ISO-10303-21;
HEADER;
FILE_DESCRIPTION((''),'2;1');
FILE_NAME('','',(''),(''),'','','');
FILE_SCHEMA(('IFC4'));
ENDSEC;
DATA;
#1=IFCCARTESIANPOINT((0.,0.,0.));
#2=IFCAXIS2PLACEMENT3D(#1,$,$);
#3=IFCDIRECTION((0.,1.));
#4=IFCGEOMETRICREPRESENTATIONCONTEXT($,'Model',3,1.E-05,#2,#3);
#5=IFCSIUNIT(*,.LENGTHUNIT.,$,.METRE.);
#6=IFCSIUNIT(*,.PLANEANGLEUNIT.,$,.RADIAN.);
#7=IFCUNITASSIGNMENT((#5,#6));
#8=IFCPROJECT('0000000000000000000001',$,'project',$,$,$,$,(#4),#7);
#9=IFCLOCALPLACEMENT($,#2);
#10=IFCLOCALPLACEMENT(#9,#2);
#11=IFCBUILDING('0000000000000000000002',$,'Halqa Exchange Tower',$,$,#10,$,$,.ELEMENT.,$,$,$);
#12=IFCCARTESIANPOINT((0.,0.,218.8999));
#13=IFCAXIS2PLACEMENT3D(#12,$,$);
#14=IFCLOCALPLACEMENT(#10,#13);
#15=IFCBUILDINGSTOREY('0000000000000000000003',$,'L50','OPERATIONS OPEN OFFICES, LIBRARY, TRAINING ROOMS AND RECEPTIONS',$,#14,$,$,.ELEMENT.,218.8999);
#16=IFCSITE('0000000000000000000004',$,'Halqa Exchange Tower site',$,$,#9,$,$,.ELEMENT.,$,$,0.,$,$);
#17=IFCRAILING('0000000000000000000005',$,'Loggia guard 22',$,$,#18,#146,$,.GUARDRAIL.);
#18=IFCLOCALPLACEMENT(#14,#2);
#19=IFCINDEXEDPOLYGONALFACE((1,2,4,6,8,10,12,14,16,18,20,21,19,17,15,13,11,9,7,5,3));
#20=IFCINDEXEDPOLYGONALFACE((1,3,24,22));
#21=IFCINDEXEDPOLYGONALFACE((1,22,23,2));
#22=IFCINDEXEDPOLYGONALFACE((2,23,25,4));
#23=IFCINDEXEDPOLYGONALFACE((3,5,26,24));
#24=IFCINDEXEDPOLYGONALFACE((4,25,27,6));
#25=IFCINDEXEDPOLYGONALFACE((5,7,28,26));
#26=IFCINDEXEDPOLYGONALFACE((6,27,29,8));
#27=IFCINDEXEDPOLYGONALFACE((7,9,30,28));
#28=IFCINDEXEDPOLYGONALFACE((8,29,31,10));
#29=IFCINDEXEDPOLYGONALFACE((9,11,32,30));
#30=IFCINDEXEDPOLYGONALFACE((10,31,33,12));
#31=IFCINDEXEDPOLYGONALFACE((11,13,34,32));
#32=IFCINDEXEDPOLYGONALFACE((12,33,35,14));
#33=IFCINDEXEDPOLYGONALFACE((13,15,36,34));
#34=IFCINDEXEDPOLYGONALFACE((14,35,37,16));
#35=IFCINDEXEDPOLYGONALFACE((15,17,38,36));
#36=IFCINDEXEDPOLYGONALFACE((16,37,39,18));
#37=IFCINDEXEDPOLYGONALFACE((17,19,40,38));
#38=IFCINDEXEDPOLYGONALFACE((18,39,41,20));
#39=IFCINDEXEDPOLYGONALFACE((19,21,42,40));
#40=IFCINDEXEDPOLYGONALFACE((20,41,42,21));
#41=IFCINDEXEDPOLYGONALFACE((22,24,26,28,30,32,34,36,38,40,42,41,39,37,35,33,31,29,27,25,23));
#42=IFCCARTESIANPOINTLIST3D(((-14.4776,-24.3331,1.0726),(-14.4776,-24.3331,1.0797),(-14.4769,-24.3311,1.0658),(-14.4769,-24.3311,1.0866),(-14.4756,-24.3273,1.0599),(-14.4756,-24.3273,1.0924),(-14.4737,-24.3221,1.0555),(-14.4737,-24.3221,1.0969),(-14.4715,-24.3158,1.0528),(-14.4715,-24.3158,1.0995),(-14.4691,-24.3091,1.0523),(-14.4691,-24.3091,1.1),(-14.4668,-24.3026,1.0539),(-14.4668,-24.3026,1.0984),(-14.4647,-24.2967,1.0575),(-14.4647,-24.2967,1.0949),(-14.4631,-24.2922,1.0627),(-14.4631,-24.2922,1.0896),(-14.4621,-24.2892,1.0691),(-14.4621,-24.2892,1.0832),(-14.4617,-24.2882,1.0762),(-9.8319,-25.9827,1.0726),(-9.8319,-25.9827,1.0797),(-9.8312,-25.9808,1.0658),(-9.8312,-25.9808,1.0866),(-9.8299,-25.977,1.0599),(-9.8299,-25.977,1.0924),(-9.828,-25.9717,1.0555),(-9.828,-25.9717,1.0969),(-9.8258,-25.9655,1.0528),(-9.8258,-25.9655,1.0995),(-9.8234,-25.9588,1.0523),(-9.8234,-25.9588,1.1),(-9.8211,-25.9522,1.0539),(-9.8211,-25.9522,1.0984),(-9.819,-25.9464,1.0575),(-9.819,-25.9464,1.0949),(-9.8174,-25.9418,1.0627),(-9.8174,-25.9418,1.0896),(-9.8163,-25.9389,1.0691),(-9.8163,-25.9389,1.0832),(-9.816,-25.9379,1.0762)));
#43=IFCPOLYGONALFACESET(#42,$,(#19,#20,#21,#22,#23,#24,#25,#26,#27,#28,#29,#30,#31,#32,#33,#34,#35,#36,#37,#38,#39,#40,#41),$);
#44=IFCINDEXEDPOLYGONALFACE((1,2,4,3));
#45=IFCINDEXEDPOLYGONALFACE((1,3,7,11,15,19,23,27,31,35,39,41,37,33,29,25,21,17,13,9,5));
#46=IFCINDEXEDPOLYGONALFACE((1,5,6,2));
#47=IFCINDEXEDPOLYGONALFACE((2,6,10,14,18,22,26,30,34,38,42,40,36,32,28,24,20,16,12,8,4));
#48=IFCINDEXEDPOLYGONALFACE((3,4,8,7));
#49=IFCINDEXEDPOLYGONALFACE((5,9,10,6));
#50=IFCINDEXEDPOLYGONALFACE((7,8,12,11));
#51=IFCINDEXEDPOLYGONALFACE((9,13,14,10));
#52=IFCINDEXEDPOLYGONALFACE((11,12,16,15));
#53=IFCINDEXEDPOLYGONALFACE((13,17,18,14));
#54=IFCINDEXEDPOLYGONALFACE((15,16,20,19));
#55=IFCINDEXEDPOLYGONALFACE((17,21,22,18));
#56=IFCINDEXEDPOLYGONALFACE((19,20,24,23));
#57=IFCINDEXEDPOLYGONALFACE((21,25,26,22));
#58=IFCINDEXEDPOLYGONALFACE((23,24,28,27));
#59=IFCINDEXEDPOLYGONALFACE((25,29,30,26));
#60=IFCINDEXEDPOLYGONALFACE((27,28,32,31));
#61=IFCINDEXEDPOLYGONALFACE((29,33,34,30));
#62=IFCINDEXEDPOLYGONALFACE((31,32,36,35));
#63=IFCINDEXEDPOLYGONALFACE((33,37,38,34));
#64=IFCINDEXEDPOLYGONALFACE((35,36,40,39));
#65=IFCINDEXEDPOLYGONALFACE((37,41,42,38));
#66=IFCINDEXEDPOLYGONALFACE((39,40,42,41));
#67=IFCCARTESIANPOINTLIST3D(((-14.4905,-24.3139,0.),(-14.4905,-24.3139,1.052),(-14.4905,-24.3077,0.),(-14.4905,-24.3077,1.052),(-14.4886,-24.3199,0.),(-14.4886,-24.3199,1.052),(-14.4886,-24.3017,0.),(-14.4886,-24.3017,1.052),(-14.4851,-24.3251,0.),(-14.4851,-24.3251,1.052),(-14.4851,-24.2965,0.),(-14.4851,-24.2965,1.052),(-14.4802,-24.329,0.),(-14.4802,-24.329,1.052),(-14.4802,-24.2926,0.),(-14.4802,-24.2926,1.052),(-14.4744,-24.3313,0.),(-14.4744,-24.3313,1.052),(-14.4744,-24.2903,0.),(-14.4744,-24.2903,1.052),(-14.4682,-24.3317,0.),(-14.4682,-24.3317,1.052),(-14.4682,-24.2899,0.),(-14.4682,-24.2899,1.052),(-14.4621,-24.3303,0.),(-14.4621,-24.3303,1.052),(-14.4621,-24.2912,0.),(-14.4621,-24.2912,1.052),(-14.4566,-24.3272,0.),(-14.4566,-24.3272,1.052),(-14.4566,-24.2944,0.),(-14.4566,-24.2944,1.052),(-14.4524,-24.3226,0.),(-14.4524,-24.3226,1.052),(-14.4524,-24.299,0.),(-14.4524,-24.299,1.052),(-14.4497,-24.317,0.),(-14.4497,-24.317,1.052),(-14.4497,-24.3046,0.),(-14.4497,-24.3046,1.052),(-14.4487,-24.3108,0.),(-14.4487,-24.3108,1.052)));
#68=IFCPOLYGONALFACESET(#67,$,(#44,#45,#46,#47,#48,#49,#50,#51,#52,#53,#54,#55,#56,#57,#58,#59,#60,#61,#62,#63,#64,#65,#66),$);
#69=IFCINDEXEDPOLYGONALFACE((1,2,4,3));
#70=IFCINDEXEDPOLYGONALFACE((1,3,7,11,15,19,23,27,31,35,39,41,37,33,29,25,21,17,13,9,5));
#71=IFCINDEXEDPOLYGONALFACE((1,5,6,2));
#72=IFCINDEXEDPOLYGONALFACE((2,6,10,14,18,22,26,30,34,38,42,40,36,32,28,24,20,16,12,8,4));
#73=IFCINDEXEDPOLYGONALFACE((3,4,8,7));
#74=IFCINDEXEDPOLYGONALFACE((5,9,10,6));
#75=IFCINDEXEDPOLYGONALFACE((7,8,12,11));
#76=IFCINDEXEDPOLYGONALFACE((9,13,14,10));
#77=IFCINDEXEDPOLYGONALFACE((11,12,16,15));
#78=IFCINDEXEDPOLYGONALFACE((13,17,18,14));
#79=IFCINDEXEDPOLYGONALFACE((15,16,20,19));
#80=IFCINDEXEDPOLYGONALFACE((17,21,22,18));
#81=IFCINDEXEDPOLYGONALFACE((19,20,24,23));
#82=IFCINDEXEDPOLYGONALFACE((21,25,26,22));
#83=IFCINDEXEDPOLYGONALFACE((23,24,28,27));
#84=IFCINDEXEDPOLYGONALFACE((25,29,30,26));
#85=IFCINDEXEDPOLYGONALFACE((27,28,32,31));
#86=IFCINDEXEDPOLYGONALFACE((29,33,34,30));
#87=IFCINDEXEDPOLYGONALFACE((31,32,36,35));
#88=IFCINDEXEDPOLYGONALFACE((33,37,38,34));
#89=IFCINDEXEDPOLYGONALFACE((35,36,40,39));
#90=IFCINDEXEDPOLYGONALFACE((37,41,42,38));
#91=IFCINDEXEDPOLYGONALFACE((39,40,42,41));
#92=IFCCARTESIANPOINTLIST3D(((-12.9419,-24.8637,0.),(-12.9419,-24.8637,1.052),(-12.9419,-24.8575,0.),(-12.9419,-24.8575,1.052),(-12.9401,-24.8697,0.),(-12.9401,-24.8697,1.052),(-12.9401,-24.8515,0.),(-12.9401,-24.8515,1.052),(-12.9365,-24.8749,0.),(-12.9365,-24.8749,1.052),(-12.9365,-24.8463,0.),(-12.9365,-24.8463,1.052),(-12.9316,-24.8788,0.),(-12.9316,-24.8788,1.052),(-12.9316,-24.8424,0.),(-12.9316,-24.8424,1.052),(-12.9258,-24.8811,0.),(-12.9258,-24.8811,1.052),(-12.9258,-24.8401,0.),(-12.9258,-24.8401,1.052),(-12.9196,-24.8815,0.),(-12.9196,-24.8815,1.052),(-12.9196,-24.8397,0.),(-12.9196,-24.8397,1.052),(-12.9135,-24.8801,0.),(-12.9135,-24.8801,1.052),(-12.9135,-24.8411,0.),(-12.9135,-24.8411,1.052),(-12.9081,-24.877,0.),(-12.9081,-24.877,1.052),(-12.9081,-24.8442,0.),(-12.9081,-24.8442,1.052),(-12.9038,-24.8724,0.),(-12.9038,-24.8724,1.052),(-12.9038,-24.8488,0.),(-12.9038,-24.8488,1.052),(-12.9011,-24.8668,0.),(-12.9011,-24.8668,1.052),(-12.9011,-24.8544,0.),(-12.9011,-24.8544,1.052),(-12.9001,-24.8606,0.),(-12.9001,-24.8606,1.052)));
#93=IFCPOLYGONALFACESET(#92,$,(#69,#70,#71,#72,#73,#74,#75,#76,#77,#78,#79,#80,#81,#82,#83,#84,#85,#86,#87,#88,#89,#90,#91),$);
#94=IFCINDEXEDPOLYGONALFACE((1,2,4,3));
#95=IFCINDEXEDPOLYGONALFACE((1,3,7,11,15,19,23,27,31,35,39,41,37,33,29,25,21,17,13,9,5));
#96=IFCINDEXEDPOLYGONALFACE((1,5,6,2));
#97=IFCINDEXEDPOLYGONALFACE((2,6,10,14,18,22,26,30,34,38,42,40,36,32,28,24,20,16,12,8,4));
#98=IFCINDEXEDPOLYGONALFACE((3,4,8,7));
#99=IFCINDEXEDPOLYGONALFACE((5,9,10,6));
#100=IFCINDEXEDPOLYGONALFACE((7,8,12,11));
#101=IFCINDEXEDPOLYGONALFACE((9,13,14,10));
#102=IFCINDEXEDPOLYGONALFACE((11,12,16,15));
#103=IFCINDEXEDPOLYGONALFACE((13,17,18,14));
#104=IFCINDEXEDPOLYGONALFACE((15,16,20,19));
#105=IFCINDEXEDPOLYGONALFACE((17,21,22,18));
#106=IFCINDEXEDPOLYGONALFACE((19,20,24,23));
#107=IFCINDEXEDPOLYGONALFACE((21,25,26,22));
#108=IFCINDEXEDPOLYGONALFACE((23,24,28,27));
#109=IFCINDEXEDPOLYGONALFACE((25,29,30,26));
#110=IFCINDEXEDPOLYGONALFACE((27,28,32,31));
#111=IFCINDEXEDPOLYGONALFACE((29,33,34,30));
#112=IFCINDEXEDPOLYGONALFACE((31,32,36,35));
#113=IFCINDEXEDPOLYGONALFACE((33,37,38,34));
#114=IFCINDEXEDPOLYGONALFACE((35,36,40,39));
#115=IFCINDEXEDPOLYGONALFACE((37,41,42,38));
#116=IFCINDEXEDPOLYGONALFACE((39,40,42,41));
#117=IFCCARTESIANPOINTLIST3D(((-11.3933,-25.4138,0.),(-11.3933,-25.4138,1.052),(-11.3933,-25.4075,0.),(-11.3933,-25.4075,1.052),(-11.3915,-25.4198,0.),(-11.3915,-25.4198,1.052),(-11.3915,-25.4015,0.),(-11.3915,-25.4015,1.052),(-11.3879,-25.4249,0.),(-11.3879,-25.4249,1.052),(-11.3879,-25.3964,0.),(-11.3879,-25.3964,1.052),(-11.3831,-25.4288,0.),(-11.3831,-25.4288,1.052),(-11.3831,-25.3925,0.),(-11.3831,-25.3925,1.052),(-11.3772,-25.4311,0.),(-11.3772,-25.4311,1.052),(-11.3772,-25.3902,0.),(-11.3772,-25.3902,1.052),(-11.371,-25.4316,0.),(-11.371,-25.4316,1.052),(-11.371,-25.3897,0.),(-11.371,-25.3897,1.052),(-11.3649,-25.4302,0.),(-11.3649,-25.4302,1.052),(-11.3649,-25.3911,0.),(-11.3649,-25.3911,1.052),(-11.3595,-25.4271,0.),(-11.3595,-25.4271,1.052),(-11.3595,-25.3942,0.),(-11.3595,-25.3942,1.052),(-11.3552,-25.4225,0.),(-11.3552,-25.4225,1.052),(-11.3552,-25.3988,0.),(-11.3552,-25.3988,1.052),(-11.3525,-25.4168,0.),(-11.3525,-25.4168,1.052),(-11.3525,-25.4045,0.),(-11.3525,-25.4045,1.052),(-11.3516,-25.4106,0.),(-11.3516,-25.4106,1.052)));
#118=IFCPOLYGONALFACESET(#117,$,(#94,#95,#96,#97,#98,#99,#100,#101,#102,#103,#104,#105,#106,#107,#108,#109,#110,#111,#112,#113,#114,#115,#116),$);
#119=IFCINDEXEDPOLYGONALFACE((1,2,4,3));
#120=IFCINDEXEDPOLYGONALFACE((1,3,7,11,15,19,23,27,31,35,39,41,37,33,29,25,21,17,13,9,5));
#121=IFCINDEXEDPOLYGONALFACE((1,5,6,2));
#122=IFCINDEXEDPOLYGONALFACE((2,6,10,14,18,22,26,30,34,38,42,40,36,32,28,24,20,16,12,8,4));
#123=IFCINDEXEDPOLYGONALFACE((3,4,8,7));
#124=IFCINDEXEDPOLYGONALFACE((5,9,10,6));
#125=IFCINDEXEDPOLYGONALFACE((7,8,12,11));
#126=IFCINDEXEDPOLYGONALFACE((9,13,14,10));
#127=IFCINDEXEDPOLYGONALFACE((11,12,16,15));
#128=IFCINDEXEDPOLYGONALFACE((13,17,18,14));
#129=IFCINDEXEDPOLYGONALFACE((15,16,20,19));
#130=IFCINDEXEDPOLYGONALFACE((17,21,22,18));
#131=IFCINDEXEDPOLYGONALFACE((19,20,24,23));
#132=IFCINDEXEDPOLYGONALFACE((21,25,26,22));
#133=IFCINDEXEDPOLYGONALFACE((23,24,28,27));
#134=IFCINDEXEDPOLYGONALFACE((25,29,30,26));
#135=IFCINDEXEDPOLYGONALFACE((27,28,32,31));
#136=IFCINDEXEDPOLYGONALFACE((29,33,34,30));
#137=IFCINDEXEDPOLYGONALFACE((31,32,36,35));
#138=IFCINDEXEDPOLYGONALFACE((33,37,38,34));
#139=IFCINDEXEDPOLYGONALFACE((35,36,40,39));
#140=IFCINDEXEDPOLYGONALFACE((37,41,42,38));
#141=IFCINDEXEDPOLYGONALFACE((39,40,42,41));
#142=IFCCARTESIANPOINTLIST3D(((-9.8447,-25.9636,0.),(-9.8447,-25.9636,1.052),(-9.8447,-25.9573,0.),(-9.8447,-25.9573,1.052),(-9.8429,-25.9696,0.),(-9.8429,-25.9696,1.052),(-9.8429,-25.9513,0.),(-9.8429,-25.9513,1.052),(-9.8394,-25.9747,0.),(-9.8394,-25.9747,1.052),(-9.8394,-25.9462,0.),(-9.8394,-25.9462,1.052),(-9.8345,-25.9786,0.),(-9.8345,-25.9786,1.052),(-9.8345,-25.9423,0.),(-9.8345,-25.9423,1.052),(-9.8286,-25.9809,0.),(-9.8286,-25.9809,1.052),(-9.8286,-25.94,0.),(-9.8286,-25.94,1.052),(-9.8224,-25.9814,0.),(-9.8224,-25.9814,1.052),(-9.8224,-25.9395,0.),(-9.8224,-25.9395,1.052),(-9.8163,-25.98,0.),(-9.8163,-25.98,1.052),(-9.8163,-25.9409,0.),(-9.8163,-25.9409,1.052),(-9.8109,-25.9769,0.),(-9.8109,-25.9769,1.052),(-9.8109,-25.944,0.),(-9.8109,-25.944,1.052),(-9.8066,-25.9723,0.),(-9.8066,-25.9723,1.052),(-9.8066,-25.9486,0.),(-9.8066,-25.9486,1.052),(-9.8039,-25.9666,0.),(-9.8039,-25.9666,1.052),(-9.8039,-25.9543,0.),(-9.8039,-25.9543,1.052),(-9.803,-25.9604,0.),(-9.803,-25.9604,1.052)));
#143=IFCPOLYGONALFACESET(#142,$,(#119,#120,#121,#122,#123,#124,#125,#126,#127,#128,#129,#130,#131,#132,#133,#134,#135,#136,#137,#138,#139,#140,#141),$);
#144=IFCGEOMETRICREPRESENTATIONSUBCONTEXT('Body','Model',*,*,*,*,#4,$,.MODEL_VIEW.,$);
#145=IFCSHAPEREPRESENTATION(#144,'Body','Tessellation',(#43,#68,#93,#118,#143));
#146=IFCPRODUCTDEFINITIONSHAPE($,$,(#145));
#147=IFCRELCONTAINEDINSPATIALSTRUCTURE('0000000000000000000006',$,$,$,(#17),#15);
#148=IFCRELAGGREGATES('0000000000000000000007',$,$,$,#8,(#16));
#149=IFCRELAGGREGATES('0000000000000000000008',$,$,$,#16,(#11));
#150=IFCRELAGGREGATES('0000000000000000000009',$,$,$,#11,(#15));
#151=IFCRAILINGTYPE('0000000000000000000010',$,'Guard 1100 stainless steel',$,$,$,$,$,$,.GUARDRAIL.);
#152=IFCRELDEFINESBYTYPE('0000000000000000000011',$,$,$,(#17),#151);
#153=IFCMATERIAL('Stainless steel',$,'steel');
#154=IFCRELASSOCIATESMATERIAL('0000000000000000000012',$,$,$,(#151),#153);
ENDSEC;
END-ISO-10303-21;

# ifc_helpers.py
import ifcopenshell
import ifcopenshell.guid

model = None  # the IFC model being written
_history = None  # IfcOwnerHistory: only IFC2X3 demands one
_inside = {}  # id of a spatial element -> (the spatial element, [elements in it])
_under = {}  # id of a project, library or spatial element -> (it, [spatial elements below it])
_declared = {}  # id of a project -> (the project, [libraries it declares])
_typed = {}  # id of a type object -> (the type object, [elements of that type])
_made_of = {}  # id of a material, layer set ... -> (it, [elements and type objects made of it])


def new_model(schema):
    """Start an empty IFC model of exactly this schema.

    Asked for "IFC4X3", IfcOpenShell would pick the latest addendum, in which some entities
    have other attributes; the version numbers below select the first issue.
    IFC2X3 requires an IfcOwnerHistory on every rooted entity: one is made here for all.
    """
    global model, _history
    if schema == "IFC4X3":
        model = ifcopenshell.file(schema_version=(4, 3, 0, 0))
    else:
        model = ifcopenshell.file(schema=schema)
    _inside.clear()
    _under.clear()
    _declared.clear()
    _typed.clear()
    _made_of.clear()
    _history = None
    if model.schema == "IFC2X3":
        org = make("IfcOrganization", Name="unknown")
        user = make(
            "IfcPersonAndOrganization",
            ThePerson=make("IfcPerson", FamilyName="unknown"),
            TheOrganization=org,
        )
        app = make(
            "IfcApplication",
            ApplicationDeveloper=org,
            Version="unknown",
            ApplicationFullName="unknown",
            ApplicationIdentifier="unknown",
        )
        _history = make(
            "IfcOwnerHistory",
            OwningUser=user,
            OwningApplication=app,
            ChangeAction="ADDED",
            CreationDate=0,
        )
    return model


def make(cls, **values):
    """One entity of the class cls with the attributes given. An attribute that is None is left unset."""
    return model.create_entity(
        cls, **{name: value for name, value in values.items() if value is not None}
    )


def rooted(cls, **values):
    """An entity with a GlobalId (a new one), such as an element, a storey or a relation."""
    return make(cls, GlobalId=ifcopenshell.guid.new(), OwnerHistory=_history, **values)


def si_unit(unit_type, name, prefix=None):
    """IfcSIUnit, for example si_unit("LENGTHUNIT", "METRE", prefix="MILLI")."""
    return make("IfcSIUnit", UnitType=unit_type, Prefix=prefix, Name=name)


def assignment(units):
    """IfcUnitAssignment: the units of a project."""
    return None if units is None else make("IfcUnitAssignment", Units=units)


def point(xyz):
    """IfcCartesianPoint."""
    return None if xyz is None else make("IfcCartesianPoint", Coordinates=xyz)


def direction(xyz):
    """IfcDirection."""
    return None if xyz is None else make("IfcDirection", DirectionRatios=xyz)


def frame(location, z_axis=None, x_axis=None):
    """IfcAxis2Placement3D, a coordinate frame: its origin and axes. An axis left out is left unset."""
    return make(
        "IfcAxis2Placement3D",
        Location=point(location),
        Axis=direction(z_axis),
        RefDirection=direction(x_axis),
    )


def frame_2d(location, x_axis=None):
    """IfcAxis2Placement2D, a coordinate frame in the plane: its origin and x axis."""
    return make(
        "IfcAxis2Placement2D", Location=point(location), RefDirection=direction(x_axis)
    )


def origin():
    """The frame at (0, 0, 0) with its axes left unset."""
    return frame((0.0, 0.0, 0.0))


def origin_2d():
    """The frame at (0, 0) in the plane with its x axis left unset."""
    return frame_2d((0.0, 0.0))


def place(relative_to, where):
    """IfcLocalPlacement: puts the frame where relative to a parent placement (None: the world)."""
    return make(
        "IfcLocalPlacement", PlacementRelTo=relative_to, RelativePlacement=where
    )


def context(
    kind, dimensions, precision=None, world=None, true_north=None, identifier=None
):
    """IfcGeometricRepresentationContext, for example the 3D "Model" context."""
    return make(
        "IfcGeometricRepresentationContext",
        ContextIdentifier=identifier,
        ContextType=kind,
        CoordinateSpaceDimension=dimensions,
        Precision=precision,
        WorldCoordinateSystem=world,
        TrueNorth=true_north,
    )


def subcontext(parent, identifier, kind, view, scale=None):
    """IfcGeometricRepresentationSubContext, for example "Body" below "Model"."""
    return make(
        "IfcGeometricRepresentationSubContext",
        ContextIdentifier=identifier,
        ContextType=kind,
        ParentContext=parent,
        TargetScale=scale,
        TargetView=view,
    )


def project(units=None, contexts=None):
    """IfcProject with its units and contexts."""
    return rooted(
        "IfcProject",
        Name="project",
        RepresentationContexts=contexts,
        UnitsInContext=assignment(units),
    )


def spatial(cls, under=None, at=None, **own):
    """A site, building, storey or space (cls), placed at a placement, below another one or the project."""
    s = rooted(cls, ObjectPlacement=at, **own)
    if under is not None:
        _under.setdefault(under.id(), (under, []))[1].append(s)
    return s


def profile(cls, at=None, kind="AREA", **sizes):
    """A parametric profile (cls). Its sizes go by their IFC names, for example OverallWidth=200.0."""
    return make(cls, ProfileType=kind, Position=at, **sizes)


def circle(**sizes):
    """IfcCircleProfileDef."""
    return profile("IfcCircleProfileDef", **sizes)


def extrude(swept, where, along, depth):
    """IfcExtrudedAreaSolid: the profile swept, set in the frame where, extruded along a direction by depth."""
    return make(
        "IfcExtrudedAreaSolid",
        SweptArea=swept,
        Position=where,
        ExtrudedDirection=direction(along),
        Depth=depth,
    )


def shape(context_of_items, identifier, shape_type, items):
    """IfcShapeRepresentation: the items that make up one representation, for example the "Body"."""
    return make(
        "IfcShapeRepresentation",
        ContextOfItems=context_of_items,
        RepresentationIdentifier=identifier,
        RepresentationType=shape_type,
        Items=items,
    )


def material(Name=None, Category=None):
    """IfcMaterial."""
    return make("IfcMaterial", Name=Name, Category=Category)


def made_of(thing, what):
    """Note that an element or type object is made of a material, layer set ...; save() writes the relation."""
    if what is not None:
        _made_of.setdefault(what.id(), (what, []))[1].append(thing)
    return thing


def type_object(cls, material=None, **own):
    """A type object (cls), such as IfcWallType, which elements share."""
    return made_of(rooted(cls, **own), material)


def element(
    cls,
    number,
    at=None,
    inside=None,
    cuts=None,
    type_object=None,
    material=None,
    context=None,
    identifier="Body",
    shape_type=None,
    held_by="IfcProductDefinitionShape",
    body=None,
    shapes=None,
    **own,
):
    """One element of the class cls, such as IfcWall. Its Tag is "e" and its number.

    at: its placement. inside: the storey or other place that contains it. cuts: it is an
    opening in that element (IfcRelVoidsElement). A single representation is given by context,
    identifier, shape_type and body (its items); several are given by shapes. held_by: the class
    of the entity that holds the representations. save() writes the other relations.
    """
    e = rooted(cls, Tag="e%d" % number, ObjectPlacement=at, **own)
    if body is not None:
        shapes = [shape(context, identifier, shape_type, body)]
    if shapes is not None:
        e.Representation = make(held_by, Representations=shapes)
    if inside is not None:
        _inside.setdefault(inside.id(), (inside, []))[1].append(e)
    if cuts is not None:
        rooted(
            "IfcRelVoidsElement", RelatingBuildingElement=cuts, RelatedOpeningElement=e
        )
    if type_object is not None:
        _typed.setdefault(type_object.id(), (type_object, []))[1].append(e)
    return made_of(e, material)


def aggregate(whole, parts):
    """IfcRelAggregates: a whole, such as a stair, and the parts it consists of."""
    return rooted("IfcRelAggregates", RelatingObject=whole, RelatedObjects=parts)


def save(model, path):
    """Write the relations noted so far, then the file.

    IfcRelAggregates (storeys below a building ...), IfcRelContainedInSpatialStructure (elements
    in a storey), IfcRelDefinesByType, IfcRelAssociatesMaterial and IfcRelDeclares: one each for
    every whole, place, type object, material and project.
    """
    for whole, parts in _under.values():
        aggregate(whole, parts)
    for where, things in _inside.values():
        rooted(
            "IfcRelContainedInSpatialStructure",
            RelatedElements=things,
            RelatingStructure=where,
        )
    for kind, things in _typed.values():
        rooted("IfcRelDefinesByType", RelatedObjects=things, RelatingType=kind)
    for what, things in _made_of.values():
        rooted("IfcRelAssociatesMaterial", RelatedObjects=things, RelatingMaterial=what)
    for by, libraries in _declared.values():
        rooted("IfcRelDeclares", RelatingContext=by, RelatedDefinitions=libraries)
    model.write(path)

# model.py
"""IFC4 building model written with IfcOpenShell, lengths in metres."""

from ifc_helpers import new_model, si_unit, direction, frame, origin, origin_2d, place, context, subcontext, project, spatial, circle, extrude, material, type_object, element, save


model = new_model("IFC4")

# Units and contexts
model_context = context("Model", 3, precision=1e-05, world=origin(), true_north=direction((0.0, 1.0)))
body_context = subcontext(model_context, "Body", "Model", "MODEL_VIEW")
ifc_project = project(units=[si_unit("LENGTHUNIT", "METRE"), si_unit("PLANEANGLEUNIT", "RADIAN")], contexts=[model_context])

# Site, building, storey
site_placement = place(None, origin())
site = spatial("IfcSite", under=ifc_project, at=site_placement, Name="Halqa Exchange Tower site", CompositionType="ELEMENT", RefElevation=0.0)
building_placement = place(site_placement, origin())
building = spatial("IfcBuilding", under=site, at=building_placement, Name="Halqa Exchange Tower", CompositionType="ELEMENT")
storey_placement = place(building_placement, frame((0.0, 0.0, 218.8999)))
storey = spatial("IfcBuildingStorey", under=building, at=storey_placement, Name="L50", Description="OPERATIONS OPEN OFFICES, LIBRARY, TRAINING ROOMS AND RECEPTIONS", CompositionType="ELEMENT", Elevation=218.8999)

# Railing
ifc_material_1 = material(Name="Stainless steel", Category="steel")
railing_type = type_object("IfcRailingType", Name="Guard 1100 stainless steel", PredefinedType="GUARDRAIL", material=ifc_material_1)
railing_1_placement = place(storey_placement, frame((-14.4697, -24.3108, 0.0)))
element("IfcRailing", 1, at=railing_1_placement, inside=storey, type_object=railing_type, Name="Loggia guard 22", PredefinedType="GUARDRAIL", context=body_context, shape_type="SweptSolid", body=[
    extrude(circle(Radius=0.0239, at=origin_2d()), frame((0.0, 0.0, 1.0762), z_axis=(0.942353, -0.33462, 0.0), x_axis=(0.33462, 0.942353, 0.0)), (0.0, 0.0, 1.0), 4.9299),
    extrude(circle(Radius=0.021, at=origin_2d()), origin(), (0.0, 0.0, 1.0), 1.052),
    extrude(circle(Radius=0.021, at=origin_2d()), frame((1.5486, -0.5498, 0.0)), (0.0, 0.0, 1.0), 1.052),
    extrude(circle(Radius=0.021, at=origin_2d()), frame((3.0972, -1.0999, 0.0)), (0.0, 0.0, 1.0), 1.052),
    extrude(circle(Radius=0.021, at=origin_2d()), frame((4.6458, -1.6497, 0.0)), (0.0, 0.0, 1.0), 1.052),
])

save(model, "model.ifc")
